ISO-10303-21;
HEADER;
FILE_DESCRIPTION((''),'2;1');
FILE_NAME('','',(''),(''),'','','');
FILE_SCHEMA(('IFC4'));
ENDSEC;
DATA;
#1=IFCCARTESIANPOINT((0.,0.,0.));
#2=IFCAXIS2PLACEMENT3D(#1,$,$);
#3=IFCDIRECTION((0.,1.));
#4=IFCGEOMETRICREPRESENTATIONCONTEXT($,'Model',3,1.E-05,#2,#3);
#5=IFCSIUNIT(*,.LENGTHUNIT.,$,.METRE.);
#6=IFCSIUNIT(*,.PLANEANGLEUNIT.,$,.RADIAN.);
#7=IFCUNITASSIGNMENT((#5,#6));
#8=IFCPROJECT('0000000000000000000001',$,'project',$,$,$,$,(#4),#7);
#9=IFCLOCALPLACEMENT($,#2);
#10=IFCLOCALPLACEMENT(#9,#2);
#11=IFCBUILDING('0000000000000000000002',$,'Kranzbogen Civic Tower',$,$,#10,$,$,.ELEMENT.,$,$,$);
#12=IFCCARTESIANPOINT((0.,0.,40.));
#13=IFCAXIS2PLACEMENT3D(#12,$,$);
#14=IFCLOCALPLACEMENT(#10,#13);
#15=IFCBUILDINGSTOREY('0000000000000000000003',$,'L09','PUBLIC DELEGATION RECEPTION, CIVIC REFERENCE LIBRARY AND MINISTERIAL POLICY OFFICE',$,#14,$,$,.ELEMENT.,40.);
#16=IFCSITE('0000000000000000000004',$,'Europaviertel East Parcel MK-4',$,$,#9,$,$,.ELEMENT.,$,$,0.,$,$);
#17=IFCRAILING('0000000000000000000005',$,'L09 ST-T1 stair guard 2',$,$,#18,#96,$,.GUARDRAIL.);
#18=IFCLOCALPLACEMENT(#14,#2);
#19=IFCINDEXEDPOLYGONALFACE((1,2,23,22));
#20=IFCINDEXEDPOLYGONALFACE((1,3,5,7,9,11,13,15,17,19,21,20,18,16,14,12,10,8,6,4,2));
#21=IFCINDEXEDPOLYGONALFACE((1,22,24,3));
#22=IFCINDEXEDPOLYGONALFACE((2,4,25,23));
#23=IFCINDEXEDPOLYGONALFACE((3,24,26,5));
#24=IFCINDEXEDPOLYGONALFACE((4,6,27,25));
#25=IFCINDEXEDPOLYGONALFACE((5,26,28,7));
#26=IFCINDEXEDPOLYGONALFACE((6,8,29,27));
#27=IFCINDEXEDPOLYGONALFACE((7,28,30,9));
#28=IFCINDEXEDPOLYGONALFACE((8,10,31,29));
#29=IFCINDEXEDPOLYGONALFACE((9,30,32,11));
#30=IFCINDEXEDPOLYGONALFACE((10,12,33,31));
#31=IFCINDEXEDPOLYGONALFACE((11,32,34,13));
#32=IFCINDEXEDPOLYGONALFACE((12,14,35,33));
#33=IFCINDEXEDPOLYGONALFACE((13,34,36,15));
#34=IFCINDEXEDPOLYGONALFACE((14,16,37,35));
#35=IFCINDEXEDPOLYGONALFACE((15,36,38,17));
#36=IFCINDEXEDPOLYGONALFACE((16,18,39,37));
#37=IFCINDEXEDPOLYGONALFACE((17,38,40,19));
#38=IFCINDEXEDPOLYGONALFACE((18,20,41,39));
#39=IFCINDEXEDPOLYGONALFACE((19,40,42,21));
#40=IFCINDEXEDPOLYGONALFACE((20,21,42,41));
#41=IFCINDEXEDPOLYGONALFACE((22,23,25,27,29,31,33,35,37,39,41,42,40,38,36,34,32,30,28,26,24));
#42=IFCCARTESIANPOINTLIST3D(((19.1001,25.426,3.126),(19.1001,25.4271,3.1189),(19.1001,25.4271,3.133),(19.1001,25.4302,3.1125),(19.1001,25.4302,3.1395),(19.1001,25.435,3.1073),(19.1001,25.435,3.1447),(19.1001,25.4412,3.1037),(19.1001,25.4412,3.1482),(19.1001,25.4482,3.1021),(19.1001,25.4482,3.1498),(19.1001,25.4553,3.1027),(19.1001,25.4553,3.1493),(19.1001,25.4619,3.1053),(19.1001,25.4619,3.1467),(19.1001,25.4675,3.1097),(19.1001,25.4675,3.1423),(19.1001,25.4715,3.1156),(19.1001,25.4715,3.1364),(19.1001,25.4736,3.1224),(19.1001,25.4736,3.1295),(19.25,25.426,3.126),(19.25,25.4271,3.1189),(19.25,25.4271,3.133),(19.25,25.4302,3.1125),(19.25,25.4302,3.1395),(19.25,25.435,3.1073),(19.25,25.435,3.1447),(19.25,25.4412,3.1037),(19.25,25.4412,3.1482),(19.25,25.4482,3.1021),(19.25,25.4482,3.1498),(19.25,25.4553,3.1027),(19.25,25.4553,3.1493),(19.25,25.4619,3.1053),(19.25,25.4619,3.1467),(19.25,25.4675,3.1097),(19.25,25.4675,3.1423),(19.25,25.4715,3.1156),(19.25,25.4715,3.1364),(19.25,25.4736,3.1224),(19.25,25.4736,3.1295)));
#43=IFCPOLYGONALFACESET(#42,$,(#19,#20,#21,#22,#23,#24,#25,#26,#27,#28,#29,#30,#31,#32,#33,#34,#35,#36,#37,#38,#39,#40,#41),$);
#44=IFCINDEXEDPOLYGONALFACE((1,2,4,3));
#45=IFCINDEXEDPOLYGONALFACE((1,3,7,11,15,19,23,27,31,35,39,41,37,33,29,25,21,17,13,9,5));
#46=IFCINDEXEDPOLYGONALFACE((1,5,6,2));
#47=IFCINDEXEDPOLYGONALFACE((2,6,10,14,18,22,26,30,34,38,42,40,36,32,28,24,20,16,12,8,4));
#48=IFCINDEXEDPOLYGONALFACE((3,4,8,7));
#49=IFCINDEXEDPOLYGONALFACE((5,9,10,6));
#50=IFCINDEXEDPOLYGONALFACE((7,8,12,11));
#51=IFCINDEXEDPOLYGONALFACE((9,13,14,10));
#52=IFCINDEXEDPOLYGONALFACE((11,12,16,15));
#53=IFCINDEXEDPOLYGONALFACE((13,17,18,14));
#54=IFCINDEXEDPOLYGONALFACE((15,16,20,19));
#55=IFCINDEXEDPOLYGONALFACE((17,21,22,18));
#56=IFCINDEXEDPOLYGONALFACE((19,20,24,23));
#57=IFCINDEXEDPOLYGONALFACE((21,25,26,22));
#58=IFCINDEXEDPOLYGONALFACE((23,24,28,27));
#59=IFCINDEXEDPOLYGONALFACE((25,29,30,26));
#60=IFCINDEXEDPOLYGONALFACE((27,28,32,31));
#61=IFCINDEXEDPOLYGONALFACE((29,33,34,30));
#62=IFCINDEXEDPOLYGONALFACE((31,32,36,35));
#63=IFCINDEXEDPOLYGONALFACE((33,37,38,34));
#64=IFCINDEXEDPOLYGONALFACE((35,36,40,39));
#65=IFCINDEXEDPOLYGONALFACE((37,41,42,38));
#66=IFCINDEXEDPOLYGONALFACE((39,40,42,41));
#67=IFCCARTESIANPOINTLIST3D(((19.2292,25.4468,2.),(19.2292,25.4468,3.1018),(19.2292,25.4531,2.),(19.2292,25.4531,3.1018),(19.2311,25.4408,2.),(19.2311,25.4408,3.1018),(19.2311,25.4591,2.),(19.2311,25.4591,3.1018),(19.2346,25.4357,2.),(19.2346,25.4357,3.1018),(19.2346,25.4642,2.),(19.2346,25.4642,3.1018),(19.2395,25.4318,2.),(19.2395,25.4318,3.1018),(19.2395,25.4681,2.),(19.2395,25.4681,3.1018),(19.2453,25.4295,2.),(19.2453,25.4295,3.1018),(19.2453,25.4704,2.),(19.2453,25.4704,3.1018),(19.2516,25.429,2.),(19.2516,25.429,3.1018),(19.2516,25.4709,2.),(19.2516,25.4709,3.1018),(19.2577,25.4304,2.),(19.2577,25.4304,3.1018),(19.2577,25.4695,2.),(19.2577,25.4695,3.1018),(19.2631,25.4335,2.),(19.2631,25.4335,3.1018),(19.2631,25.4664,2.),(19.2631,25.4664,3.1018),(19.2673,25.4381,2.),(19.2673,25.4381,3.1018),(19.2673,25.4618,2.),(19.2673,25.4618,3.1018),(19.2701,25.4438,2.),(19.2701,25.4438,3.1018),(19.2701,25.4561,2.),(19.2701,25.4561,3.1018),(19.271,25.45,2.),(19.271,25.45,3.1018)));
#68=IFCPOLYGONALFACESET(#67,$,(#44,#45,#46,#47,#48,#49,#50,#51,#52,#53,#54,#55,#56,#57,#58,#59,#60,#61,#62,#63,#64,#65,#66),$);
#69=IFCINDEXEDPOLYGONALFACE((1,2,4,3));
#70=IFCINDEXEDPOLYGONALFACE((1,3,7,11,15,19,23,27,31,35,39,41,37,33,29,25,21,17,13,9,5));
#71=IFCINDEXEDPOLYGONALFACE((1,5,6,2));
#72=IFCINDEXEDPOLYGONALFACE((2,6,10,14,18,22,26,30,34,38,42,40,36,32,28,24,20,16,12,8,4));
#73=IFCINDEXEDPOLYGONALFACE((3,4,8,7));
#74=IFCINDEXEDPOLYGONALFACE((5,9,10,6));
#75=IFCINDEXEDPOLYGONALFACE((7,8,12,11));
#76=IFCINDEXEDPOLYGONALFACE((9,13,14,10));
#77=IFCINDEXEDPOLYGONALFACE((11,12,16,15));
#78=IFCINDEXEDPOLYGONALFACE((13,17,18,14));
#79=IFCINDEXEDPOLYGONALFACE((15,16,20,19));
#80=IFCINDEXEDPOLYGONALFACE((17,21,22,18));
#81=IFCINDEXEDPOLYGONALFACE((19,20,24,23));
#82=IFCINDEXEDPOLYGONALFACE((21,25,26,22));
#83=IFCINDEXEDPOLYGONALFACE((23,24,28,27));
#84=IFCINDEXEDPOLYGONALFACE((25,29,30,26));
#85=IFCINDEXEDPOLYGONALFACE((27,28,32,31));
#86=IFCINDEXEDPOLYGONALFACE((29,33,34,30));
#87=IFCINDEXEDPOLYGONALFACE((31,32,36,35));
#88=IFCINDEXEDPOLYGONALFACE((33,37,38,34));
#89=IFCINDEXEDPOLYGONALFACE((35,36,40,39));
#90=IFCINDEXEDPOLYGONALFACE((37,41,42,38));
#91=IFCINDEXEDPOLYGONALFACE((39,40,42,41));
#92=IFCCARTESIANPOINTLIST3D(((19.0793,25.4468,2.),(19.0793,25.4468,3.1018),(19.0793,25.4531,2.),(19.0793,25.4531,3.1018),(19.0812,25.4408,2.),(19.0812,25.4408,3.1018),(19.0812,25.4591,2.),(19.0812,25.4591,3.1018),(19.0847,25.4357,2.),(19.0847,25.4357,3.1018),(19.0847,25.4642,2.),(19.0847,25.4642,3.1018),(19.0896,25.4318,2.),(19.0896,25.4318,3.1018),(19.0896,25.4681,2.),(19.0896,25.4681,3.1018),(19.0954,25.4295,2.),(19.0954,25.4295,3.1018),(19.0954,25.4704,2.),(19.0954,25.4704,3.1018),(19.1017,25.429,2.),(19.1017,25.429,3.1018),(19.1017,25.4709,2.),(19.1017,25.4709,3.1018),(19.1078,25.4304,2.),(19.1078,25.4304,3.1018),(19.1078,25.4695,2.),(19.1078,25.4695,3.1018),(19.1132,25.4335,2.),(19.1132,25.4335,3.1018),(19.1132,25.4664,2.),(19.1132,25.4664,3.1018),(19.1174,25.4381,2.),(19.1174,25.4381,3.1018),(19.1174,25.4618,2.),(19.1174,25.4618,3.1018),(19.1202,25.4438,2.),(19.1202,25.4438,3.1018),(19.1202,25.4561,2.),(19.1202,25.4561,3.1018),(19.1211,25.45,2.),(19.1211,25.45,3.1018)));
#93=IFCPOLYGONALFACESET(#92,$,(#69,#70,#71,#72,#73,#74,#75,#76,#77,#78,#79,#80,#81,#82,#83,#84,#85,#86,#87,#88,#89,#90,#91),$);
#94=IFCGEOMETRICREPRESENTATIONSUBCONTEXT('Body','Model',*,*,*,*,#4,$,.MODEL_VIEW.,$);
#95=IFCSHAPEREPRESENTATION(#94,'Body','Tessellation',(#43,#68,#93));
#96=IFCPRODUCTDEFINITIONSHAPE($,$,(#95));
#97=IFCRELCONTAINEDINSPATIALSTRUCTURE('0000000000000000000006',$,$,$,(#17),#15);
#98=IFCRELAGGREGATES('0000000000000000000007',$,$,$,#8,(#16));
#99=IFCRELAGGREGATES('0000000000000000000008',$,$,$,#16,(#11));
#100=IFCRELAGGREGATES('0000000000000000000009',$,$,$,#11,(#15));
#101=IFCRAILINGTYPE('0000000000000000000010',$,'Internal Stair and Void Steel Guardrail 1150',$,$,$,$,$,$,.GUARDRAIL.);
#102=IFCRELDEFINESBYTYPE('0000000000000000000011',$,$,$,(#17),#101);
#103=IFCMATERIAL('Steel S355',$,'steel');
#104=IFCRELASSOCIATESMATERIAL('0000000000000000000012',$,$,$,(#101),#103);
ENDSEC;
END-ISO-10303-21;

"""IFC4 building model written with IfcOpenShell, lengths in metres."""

from ifc_helpers import new_model, si_unit, direction, frame, origin, origin_2d, place, context, subcontext, project, spatial, circle, extrude, material, type_object, element, save


model = new_model("IFC4")

# Units and contexts
model_context = context("Model", 3, precision=1e-05, world=origin(), true_north=direction((0.0, 1.0)))
body_context = subcontext(model_context, "Body", "Model", "MODEL_VIEW")
ifc_project = project(units=[si_unit("LENGTHUNIT", "METRE"), si_unit("PLANEANGLEUNIT", "RADIAN")], contexts=[model_context])

# Site, building, storey
site_placement = place(None, origin())
site = spatial("IfcSite", under=ifc_project, at=site_placement, Name="Europaviertel East Parcel MK-4", CompositionType="ELEMENT", RefElevation=0.0)
building_placement = place(site_placement, origin())
building = spatial("IfcBuilding", under=site, at=building_placement, Name="Kranzbogen Civic Tower", CompositionType="ELEMENT")
storey_placement = place(building_placement, frame((0.0, 0.0, 40.0)))
storey = spatial("IfcBuildingStorey", under=building, at=storey_placement, Name="L09", Description="PUBLIC DELEGATION RECEPTION, CIVIC REFERENCE LIBRARY AND MINISTERIAL POLICY OFFICE", CompositionType="ELEMENT", Elevation=40.0)

# Shared definitions
ifc_material_1 = material(Name="Steel S355", Category="steel")

# Railing
railing_type_1 = type_object("IfcRailingType", Name="Internal Stair and Void Steel Guardrail 1150", PredefinedType="GUARDRAIL", material=ifc_material_1)
railing_1_placement = place(storey_placement, frame((19.25, 25.45, 2.0)))
element("IfcRailing", 1, at=railing_1_placement, inside=storey, type_object=railing_type_1, Name="L09 ST-T1 stair guard 2", PredefinedType="GUARDRAIL", context=body_context, shape_type="SweptSolid", body=[
    extrude(circle(Radius=0.0239, at=origin_2d()), frame((0.0, 0.0, 1.126), z_axis=(-1.0, 0.0, 0.0), x_axis=(0.0, -1.0, 0.0)), (0.0, 0.0, 1.0), 0.1499),
    extrude(circle(Radius=0.021, at=origin_2d()), origin(), (0.0, 0.0, 1.0), 1.1018),
    extrude(circle(Radius=0.021, at=origin_2d()), frame((-0.1499, 0.0, 0.0)), (0.0, 0.0, 1.0), 1.1018),
])

save(model, "model.ifc")
